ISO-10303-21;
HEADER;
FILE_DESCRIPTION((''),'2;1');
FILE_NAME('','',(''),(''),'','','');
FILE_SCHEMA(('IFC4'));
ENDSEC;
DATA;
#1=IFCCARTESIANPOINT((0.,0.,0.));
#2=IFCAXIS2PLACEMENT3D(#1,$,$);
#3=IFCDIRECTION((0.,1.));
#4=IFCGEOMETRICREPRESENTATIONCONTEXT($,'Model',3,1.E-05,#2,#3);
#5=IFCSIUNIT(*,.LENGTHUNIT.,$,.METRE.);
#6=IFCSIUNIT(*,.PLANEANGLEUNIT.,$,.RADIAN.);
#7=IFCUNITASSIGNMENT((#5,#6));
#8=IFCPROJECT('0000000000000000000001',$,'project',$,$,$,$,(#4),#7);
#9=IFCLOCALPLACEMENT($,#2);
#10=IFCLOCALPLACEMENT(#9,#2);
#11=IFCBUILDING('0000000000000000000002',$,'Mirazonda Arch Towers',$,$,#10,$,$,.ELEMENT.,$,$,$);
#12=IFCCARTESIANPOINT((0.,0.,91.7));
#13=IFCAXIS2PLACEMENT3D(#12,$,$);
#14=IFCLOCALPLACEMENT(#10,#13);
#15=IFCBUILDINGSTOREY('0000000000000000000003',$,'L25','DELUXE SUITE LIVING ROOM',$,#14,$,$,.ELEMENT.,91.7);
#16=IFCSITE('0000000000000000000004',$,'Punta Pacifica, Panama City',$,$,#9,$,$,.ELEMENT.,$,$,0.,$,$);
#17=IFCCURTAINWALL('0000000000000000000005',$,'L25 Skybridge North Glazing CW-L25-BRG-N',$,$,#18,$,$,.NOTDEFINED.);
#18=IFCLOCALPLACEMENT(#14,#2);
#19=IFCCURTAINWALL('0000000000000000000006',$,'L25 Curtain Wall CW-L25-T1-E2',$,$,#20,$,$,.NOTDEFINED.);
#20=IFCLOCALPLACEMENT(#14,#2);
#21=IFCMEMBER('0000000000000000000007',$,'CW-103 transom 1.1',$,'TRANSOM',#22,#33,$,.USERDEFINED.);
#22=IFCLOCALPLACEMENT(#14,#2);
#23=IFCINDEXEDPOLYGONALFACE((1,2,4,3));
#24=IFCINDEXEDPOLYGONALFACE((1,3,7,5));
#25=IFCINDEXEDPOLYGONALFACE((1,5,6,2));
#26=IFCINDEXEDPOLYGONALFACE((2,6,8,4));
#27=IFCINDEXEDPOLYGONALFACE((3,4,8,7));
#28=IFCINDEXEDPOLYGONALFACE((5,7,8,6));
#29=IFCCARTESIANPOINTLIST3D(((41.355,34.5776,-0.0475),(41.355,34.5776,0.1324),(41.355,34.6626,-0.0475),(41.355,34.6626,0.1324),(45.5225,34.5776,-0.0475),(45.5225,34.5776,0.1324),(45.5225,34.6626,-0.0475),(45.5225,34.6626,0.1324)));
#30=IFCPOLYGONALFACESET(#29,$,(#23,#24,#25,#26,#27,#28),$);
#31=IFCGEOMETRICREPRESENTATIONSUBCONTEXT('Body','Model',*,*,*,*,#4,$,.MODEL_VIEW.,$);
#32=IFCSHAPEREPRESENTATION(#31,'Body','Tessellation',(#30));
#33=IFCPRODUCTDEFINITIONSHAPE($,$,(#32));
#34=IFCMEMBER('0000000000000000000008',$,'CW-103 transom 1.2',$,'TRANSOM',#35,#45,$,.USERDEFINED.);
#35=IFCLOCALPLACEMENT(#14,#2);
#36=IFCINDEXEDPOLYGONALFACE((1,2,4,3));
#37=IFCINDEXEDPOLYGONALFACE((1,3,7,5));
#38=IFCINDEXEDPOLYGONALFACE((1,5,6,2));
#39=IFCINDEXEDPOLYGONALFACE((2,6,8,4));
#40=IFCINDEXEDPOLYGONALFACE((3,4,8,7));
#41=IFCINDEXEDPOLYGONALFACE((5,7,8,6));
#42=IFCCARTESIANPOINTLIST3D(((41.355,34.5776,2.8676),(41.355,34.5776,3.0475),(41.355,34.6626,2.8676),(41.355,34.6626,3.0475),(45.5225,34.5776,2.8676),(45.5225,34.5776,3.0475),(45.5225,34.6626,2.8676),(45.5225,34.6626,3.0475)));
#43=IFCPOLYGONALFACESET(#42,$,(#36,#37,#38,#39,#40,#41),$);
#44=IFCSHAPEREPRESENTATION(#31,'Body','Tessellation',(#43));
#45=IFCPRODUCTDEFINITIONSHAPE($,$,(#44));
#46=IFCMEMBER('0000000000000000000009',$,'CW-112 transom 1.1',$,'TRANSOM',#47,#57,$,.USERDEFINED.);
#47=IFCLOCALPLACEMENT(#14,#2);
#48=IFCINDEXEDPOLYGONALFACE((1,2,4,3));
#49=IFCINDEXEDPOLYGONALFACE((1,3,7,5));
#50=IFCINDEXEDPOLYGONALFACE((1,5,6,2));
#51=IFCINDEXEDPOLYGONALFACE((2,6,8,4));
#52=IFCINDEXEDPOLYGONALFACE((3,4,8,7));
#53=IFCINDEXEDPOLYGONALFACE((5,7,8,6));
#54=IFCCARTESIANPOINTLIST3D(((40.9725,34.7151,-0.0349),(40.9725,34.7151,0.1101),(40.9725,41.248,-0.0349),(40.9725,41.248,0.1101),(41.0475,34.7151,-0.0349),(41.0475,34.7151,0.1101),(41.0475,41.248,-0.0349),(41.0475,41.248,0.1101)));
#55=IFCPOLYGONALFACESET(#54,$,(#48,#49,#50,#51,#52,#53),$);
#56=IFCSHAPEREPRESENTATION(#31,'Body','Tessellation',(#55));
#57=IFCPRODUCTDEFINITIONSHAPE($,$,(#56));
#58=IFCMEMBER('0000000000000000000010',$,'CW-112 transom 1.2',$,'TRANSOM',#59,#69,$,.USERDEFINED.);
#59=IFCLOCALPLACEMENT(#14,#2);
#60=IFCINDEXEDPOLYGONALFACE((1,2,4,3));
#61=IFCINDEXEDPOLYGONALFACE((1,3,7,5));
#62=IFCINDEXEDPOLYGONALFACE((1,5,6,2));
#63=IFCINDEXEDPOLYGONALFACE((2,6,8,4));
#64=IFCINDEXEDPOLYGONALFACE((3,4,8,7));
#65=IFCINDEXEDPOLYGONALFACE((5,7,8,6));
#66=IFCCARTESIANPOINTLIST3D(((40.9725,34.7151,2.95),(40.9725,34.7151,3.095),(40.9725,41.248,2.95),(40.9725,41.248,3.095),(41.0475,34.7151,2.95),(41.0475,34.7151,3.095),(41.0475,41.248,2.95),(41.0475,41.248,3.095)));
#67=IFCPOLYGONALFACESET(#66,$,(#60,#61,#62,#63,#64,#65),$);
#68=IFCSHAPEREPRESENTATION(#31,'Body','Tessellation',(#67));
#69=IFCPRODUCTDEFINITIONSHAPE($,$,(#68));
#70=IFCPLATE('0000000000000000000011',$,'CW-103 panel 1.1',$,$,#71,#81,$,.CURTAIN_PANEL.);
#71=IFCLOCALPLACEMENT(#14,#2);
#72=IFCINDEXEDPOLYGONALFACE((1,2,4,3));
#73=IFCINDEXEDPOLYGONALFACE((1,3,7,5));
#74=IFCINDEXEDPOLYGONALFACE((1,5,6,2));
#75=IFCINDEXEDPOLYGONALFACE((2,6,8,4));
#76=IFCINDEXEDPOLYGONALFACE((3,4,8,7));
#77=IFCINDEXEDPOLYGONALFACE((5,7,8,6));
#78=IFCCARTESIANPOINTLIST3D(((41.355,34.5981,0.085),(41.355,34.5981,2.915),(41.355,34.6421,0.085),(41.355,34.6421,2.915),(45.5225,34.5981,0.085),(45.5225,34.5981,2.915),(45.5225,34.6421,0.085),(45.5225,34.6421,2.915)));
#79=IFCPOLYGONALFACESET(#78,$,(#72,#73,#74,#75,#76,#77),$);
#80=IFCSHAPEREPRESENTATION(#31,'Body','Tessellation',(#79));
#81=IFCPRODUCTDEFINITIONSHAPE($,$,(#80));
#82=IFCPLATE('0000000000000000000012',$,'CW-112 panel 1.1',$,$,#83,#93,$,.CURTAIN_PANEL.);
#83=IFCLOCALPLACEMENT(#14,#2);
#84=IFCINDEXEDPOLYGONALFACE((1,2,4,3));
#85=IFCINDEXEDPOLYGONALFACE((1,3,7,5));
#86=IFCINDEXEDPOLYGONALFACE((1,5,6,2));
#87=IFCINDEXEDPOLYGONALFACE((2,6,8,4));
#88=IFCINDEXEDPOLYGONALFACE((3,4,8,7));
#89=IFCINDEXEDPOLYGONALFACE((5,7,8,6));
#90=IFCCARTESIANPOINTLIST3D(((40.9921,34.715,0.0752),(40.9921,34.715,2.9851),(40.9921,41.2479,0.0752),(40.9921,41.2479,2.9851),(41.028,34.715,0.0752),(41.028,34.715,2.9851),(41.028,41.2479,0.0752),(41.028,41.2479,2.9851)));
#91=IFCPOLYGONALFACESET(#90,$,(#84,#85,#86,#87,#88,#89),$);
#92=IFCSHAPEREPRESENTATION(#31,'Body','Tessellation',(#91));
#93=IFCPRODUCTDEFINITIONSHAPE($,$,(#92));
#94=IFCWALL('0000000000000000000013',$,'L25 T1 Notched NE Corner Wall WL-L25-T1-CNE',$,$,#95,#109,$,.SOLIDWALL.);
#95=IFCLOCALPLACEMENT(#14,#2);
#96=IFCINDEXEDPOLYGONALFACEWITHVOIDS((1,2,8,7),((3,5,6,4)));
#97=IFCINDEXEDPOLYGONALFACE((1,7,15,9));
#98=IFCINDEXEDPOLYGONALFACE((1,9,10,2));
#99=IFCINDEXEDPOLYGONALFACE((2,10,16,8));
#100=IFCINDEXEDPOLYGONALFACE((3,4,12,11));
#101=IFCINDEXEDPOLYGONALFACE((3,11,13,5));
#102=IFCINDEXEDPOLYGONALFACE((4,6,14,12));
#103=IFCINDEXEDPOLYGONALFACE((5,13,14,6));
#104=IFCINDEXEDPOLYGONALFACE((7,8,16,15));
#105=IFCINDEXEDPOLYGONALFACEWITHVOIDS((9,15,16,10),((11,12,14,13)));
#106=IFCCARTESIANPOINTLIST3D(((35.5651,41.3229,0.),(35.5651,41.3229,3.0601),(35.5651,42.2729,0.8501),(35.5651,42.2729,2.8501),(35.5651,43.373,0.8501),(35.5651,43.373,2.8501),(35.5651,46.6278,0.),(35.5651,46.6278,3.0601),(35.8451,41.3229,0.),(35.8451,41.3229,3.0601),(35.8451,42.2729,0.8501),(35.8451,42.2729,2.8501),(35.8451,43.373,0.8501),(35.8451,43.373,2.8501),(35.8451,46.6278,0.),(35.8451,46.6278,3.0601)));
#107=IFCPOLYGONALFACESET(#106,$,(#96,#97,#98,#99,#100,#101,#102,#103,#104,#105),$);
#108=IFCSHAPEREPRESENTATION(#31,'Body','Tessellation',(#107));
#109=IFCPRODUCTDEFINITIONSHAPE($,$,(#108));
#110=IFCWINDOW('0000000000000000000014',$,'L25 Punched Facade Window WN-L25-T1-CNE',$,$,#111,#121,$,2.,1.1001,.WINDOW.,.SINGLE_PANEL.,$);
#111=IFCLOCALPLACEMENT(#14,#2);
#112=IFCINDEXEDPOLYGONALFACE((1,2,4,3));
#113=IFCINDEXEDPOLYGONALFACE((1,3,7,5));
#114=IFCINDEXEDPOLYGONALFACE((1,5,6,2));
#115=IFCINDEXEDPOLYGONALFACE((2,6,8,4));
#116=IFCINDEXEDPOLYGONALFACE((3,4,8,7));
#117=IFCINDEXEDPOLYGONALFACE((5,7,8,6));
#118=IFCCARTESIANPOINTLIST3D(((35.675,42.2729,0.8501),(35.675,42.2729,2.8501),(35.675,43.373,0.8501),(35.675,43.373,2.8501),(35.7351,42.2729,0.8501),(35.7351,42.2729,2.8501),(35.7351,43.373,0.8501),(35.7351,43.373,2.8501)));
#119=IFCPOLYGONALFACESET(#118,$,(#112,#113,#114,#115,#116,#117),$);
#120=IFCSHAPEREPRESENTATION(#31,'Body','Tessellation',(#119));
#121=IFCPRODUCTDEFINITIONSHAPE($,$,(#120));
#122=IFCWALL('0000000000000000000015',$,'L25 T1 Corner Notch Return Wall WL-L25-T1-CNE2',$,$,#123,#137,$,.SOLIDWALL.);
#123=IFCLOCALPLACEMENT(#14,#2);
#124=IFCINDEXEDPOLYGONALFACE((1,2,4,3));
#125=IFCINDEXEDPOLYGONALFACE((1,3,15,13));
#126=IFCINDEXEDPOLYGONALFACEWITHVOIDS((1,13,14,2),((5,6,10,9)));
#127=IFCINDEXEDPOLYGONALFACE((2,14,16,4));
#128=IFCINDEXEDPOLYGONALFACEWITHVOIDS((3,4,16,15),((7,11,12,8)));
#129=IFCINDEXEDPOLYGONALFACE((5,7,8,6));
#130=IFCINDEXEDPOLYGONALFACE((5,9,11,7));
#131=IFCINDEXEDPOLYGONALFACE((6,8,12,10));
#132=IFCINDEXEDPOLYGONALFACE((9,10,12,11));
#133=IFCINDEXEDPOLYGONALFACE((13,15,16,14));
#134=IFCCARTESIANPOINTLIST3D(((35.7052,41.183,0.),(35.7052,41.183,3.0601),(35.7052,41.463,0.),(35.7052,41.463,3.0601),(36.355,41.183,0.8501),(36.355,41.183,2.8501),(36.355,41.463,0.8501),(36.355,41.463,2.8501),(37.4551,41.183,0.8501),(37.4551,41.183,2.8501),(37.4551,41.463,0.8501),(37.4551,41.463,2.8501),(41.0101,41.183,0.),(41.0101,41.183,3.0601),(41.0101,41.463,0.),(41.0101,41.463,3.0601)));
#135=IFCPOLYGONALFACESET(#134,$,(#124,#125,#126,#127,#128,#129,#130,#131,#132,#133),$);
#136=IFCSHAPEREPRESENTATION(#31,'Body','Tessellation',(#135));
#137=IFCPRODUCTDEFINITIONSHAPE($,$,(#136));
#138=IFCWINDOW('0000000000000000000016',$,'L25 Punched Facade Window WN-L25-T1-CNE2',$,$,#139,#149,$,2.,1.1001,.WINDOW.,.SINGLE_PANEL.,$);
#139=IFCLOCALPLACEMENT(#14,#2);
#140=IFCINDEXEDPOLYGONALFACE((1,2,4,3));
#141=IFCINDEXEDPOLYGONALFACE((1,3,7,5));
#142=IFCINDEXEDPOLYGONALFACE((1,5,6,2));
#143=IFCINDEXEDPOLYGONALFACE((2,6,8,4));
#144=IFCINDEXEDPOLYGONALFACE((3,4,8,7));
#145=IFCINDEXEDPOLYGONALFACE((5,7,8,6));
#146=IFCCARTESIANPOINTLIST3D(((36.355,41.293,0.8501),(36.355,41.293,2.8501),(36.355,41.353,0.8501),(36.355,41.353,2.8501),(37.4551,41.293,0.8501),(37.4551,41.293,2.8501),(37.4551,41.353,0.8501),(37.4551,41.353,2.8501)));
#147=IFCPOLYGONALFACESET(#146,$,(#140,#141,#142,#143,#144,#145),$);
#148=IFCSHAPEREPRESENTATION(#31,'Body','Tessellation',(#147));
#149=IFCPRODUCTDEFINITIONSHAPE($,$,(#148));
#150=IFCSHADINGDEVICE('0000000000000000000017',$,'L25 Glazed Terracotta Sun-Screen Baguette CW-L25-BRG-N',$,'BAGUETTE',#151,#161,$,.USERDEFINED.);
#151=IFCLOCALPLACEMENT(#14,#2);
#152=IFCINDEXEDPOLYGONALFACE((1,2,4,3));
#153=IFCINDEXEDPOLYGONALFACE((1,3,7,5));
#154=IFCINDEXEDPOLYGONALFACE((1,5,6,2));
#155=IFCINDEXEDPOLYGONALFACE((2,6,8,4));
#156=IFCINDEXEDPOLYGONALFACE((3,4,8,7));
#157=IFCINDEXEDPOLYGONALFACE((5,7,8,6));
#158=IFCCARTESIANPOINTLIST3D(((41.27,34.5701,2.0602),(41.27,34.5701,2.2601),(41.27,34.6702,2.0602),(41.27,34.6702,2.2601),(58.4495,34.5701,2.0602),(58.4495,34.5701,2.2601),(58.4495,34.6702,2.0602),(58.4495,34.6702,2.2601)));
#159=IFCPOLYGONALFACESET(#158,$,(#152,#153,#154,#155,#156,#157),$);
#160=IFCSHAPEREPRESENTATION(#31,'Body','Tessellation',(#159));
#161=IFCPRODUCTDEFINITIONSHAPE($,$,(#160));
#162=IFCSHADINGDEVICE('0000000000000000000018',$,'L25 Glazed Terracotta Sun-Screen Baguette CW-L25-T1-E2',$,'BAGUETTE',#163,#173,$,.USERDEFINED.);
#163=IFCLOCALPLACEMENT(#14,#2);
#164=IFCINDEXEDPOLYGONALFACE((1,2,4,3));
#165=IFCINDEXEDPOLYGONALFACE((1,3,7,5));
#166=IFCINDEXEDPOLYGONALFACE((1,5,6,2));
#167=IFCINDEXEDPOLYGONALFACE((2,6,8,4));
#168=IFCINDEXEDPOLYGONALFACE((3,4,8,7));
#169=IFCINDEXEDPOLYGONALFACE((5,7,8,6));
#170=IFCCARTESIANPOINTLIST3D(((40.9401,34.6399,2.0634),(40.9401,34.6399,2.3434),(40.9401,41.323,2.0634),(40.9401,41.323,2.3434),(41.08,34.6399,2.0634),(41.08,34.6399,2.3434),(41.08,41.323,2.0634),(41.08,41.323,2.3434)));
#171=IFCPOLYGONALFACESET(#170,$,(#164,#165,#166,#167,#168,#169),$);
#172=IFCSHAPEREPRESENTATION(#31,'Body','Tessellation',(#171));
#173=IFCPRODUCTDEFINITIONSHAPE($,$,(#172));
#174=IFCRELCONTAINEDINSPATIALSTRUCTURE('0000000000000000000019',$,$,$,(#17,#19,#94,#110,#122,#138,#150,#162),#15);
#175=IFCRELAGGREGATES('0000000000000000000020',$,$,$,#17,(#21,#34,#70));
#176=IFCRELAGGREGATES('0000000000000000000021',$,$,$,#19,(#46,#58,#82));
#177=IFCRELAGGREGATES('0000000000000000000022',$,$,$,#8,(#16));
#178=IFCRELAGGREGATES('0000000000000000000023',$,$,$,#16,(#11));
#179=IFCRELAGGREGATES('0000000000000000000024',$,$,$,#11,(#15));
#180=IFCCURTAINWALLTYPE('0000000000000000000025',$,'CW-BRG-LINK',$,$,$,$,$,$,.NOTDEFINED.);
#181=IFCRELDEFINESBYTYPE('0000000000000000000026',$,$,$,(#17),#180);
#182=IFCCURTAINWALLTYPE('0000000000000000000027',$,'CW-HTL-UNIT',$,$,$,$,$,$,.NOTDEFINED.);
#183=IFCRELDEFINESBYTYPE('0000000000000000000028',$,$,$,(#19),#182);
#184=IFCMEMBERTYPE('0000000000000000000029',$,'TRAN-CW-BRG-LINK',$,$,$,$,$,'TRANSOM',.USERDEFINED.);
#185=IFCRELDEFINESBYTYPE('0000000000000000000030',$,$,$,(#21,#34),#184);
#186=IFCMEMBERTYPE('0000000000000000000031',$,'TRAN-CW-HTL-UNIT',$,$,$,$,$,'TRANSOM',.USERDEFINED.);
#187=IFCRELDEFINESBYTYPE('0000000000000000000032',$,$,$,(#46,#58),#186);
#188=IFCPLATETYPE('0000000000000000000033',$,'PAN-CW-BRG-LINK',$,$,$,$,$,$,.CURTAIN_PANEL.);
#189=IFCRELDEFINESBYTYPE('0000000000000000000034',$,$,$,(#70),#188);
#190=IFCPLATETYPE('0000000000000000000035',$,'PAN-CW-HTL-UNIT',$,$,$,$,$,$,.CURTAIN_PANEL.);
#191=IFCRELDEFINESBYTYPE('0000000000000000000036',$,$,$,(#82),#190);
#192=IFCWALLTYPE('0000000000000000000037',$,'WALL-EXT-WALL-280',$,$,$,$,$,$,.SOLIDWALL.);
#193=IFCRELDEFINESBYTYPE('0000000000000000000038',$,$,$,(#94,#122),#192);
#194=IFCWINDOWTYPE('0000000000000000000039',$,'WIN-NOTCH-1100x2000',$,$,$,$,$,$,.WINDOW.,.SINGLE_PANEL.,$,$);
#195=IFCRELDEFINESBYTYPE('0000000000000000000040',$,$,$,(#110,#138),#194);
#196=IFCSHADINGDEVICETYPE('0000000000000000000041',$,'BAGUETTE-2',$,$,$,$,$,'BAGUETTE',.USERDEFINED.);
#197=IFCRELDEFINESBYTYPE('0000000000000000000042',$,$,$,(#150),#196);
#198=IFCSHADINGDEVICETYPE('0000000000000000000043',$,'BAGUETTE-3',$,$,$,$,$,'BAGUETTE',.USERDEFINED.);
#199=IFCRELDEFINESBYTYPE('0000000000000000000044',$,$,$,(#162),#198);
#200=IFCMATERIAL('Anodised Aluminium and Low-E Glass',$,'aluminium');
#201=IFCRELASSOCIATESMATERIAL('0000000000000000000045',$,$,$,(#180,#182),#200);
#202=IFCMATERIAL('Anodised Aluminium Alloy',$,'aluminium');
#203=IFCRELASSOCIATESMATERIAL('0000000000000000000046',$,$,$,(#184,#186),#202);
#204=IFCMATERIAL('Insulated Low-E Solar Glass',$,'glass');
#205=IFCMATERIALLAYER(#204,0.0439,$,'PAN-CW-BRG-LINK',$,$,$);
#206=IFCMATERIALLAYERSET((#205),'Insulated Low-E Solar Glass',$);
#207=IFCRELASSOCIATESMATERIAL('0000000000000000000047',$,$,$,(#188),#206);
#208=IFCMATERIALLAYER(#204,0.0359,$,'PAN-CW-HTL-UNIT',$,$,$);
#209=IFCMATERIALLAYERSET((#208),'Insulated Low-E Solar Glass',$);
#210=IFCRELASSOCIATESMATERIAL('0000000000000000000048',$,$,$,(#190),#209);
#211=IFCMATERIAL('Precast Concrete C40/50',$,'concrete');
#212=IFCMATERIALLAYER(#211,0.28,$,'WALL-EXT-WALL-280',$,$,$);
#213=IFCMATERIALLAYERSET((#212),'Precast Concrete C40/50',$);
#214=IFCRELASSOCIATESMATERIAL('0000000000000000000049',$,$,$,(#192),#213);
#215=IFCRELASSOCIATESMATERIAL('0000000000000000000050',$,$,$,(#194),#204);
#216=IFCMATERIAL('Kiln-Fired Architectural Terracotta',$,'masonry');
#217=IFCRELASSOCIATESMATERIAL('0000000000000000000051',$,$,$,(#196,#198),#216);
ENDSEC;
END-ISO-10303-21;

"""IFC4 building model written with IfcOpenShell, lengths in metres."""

from ifc_helpers import new_model, si_unit, direction, frame, frame_2d, origin, origin_2d, place, context, subcontext, project, spatial, rectangle, extrude, material, layer, layer_set, material_profile, profile_set, type_object, element, fill, aggregate, save


model = new_model("IFC4")

# Units and contexts
model_context = context("Model", 3, precision=1e-05, world=origin(), true_north=direction((0.0, 1.0)))
body_context = subcontext(model_context, "Body", "Model", "MODEL_VIEW")
ifc_project = project(units=[si_unit("LENGTHUNIT", "METRE"), si_unit("PLANEANGLEUNIT", "RADIAN")], contexts=[model_context])

# Site, building, storey
site_placement = place(None, origin())
site = spatial("IfcSite", under=ifc_project, at=site_placement, Name="Punta Pacifica, Panama City", CompositionType="ELEMENT", RefElevation=0.0)
building_placement = place(site_placement, origin())
building = spatial("IfcBuilding", under=site, at=building_placement, Name="Mirazonda Arch Towers", CompositionType="ELEMENT")
storey_placement = place(building_placement, frame((0.0, 0.0, 91.7)))
storey = spatial("IfcBuildingStorey", under=building, at=storey_placement, Name="L25", Description="DELUXE SUITE LIVING ROOM", CompositionType="ELEMENT", Elevation=91.7)

# Curtain wall
ifc_material_1 = material(Name="Anodised Aluminium and Low-E Glass", Category="aluminium")
curtain_wall_type_1 = type_object("IfcCurtainWallType", Name="CW-BRG-LINK", PredefinedType="NOTDEFINED", material=ifc_material_1)
curtain_wall_1_placement = place(storey_placement, origin())
curtain_wall_1 = element("IfcCurtainWall", 1, at=curtain_wall_1_placement, inside=storey, type_object=curtain_wall_type_1, Name="L25 Skybridge North Glazing CW-L25-BRG-N", PredefinedType="NOTDEFINED")
ifc_material_2 = material(Name="Anodised Aluminium Alloy", Category="aluminium")

# Curtain wall
curtain_wall_type_2 = type_object("IfcCurtainWallType", Name="CW-HTL-UNIT", PredefinedType="NOTDEFINED", material=ifc_material_1)
curtain_wall_2_placement = place(storey_placement, origin())
curtain_wall_2 = element("IfcCurtainWall", 2, at=curtain_wall_2_placement, inside=storey, type_object=curtain_wall_type_2, Name="L25 Curtain Wall CW-L25-T1-E2", PredefinedType="NOTDEFINED")

# Members
ifc_material_profile_1 = material_profile(ifc_material_2, rectangle(XDim=0.085, YDim=0.1799, at=origin_2d()), Name="ALU-TRAN-85x180")
ifc_profile_set_1 = profile_set([ifc_material_profile_1], Name="Anodised Aluminium Alloy")
member_type_1 = type_object("IfcMemberType", Name="TRAN-CW-BRG-LINK", ElementType="TRANSOM", PredefinedType="USERDEFINED", material=ifc_profile_set_1)
member_1_placement = place(storey_placement, frame((41.355, 34.6201, 0.0425), z_axis=(1.0, 0.0, 0.0), x_axis=(0.0, 1.0, 0.0)))
member_1 = element("IfcMember", 3, at=member_1_placement, type_object=member_type_1, Name="CW-103 transom 1.1", ObjectType="TRANSOM", PredefinedType="USERDEFINED", context=body_context, shape_type="SweptSolid", body=[
    extrude(rectangle(XDim=0.085, YDim=0.1799, at=origin_2d()), origin(), (0.0, 0.0, 1.0), 4.1675),
])
member_2_placement = place(storey_placement, frame((41.355, 34.6201, 2.9575), z_axis=(1.0, 0.0, 0.0), x_axis=(0.0, 1.0, 0.0)))
member_2 = element("IfcMember", 4, at=member_2_placement, type_object=member_type_1, Name="CW-103 transom 1.2", ObjectType="TRANSOM", PredefinedType="USERDEFINED", context=body_context, shape_type="SweptSolid", body=[
    extrude(rectangle(XDim=0.085, YDim=0.1799, at=origin_2d()), origin(), (0.0, 0.0, 1.0), 4.1675),
])
ifc_material_profile_2 = material_profile(ifc_material_2, rectangle(XDim=0.075, YDim=0.145, at=origin_2d()), Name="ALU-TRAN-75x145")
ifc_profile_set_2 = profile_set([ifc_material_profile_2], Name="Anodised Aluminium Alloy")
member_type_2 = type_object("IfcMemberType", Name="TRAN-CW-HTL-UNIT", ElementType="TRANSOM", PredefinedType="USERDEFINED", material=ifc_profile_set_2)
member_3_placement = place(storey_placement, frame((41.01, 34.7151, 0.0376), z_axis=(0.0, 1.0, 0.0), x_axis=(-1.0, 0.0, 0.0)))
member_3 = element("IfcMember", 5, at=member_3_placement, type_object=member_type_2, Name="CW-112 transom 1.1", ObjectType="TRANSOM", PredefinedType="USERDEFINED", context=body_context, shape_type="SweptSolid", body=[
    extrude(rectangle(XDim=0.075, YDim=0.145, at=origin_2d()), origin(), (0.0, 0.0, 1.0), 6.533),
])
member_4_placement = place(storey_placement, frame((41.01, 34.7151, 3.0225), z_axis=(0.0, 1.0, 0.0), x_axis=(-1.0, 0.0, 0.0)))
member_4 = element("IfcMember", 6, at=member_4_placement, type_object=member_type_2, Name="CW-112 transom 1.2", ObjectType="TRANSOM", PredefinedType="USERDEFINED", context=body_context, shape_type="SweptSolid", body=[
    extrude(rectangle(XDim=0.075, YDim=0.145, at=origin_2d()), origin(), (0.0, 0.0, 1.0), 6.533),
])

# Plates
ifc_material_3 = material(Name="Insulated Low-E Solar Glass", Category="glass")
ifc_layer_1 = layer(ifc_material_3, 0.0439, Name="PAN-CW-BRG-LINK")
ifc_layer_set_1 = layer_set([ifc_layer_1], Name="Insulated Low-E Solar Glass")
plate_type_1 = type_object("IfcPlateType", Name="PAN-CW-BRG-LINK", PredefinedType="CURTAIN_PANEL", material=ifc_layer_set_1)
plate_1_placement = place(storey_placement, frame((43.4387, 34.6201, 0.085), z_axis=(0.0, 0.0, 1.0), x_axis=(1.0, 0.0, 0.0)))
plate_1 = element("IfcPlate", 7, at=plate_1_placement, type_object=plate_type_1, Name="CW-103 panel 1.1", PredefinedType="CURTAIN_PANEL", context=body_context, shape_type="SweptSolid", body=[
    extrude(rectangle(XDim=4.1675, YDim=0.0439, at=origin_2d()), origin(), (0.0, 0.0, 1.0), 2.8301),
])
aggregate(curtain_wall_1, [member_1, member_2, plate_1])
ifc_layer_2 = layer(ifc_material_3, 0.0359, Name="PAN-CW-HTL-UNIT")
ifc_layer_set_2 = layer_set([ifc_layer_2], Name="Insulated Low-E Solar Glass")
plate_type_2 = type_object("IfcPlateType", Name="PAN-CW-HTL-UNIT", PredefinedType="CURTAIN_PANEL", material=ifc_layer_set_2)
plate_2_placement = place(storey_placement, frame((41.01, 37.9814, 0.0752), z_axis=(0.0, 0.0, 1.0), x_axis=(0.0, 1.0, 0.0)))
plate_2 = element("IfcPlate", 8, at=plate_2_placement, type_object=plate_type_2, Name="CW-112 panel 1.1", PredefinedType="CURTAIN_PANEL", context=body_context, shape_type="SweptSolid", body=[
    extrude(rectangle(XDim=6.533, YDim=0.0359, at=origin_2d()), origin(), (0.0, 0.0, 1.0), 2.9099),
])
aggregate(curtain_wall_2, [member_3, member_4, plate_2])

# Walls, openings, windows
ifc_material_4 = material(Name="Precast Concrete C40/50", Category="concrete")
ifc_layer_3 = layer(ifc_material_4, 0.28, Name="WALL-EXT-WALL-280")
ifc_layer_set_3 = layer_set([ifc_layer_3], Name="Precast Concrete C40/50")
wall_type = type_object("IfcWallType", Name="WALL-EXT-WALL-280", PredefinedType="SOLIDWALL", material=ifc_layer_set_3)
wall_1_placement = place(storey_placement, frame((35.7051, 41.323, 0.0), z_axis=(0.0, 0.0, 1.0), x_axis=(0.0, 1.0, 0.0)))
wall_1 = element("IfcWall", 9, at=wall_1_placement, inside=storey, type_object=wall_type, Name="L25 T1 Notched NE Corner Wall WL-L25-T1-CNE", PredefinedType="SOLIDWALL", context=body_context, shape_type="SweptSolid", body=[
    extrude(rectangle(XDim=5.3049, YDim=0.28, at=frame_2d((2.6523, 0.0))), origin(), (0.0, 0.0, 1.0), 3.0601),
])
opening_1_placement = place(wall_1_placement, frame((0.95, 0.0, 0.8501)))
opening_1 = element("IfcOpeningElement", 10, at=opening_1_placement, cuts=wall_1, PredefinedType="OPENING", context=body_context, shape_type="SweptSolid", body=[
    extrude(rectangle(XDim=1.1001, YDim=2.0, at=frame_2d((0.55, 1.0))), frame((0.0, 0.1499, 0.0), z_axis=(0.0, -1.0, 0.0), x_axis=(1.0, 0.0, 0.0)), (0.0, 0.0, 1.0), 0.3),
])
window_type = type_object("IfcWindowType", Name="WIN-NOTCH-1100x2000", PartitioningType="SINGLE_PANEL", PredefinedType="WINDOW", material=ifc_material_3)
window_1_placement = place(opening_1_placement, origin())
window_1 = element("IfcWindow", 11, at=window_1_placement, inside=storey, type_object=window_type, Name="L25 Punched Facade Window WN-L25-T1-CNE", OverallHeight=2.0, OverallWidth=1.1001, PartitioningType="SINGLE_PANEL", PredefinedType="WINDOW", context=body_context, shape_type="SweptSolid", body=[
    extrude(rectangle(XDim=1.1001, YDim=2.0, at=frame_2d((0.55, 1.0))), frame((0.0, 0.03, 0.0), z_axis=(0.0, -1.0, 0.0), x_axis=(1.0, 0.0, 0.0)), (0.0, 0.0, 1.0), 0.0601),
])
fill(opening_1, window_1)
wall_2_placement = place(storey_placement, frame((41.01, 41.323, 0.0), z_axis=(0.0, 0.0, 1.0), x_axis=(-1.0, 0.0, 0.0)))
wall_2 = element("IfcWall", 12, at=wall_2_placement, inside=storey, type_object=wall_type, Name="L25 T1 Corner Notch Return Wall WL-L25-T1-CNE2", PredefinedType="SOLIDWALL", context=body_context, shape_type="SweptSolid", body=[
    extrude(rectangle(XDim=5.3049, YDim=0.28, at=frame_2d((2.6523, 0.0))), origin(), (0.0, 0.0, 1.0), 3.0601),
])
opening_2_placement = place(wall_2_placement, frame((3.5549, 0.0, 0.8501)))
opening_2 = element("IfcOpeningElement", 13, at=opening_2_placement, cuts=wall_2, PredefinedType="OPENING", context=body_context, shape_type="SweptSolid", body=[
    extrude(rectangle(XDim=1.1001, YDim=2.0, at=frame_2d((0.55, 1.0))), frame((0.0, 0.1499, 0.0), z_axis=(0.0, -1.0, 0.0), x_axis=(1.0, 0.0, 0.0)), (0.0, 0.0, 1.0), 0.3),
])
window_2_placement = place(opening_2_placement, origin())
window_2 = element("IfcWindow", 14, at=window_2_placement, inside=storey, type_object=window_type, Name="L25 Punched Facade Window WN-L25-T1-CNE2", OverallHeight=2.0, OverallWidth=1.1001, PartitioningType="SINGLE_PANEL", PredefinedType="WINDOW", context=body_context, shape_type="SweptSolid", body=[
    extrude(rectangle(XDim=1.1001, YDim=2.0, at=frame_2d((0.55, 1.0))), frame((0.0, 0.03, 0.0), z_axis=(0.0, -1.0, 0.0), x_axis=(1.0, 0.0, 0.0)), (0.0, 0.0, 1.0), 0.0601),
])
fill(opening_2, window_2)

# Shading devices
ifc_material_5 = material(Name="Kiln-Fired Architectural Terracotta", Category="masonry")
ifc_material_profile_3 = material_profile(ifc_material_5, rectangle(XDim=0.1001, YDim=0.2, at=origin_2d()), Name="TERRA-BAG-100x200")
ifc_profile_set_3 = profile_set([ifc_material_profile_3], Name="Kiln-Fired Architectural Terracotta")
shading_device_type_1 = type_object("IfcShadingDeviceType", Name="BAGUETTE-2", ElementType="BAGUETTE", PredefinedType="USERDEFINED", material=ifc_profile_set_3)
shading_device_1_placement = place(storey_placement, frame((41.27, 34.6201, 2.1602), z_axis=(1.0, 0.0, 0.0), x_axis=(0.0, 1.0, 0.0)))
element("IfcShadingDevice", 15, at=shading_device_1_placement, inside=storey, type_object=shading_device_type_1, Name="L25 Glazed Terracotta Sun-Screen Baguette CW-L25-BRG-N", ObjectType="BAGUETTE", PredefinedType="USERDEFINED", context=body_context, shape_type="SweptSolid", body=[
    extrude(rectangle(XDim=0.1001, YDim=0.2, at=origin_2d()), origin(), (0.0, 0.0, 1.0), 17.1794),
])
ifc_material_profile_4 = material_profile(ifc_material_5, rectangle(XDim=0.1399, YDim=0.28, at=origin_2d()), Name="TERRA-BAG-140x280")
ifc_profile_set_4 = profile_set([ifc_material_profile_4], Name="Kiln-Fired Architectural Terracotta")
shading_device_type_2 = type_object("IfcShadingDeviceType", Name="BAGUETTE-3", ElementType="BAGUETTE", PredefinedType="USERDEFINED", material=ifc_profile_set_4)
shading_device_2_placement = place(storey_placement, frame((41.01, 34.6399, 2.2034), z_axis=(0.0, 1.0, 0.0), x_axis=(-1.0, 0.0, 0.0)))
element("IfcShadingDevice", 16, at=shading_device_2_placement, inside=storey, type_object=shading_device_type_2, Name="L25 Glazed Terracotta Sun-Screen Baguette CW-L25-T1-E2", ObjectType="BAGUETTE", PredefinedType="USERDEFINED", context=body_context, shape_type="SweptSolid", body=[
    extrude(rectangle(XDim=0.1399, YDim=0.28, at=origin_2d()), origin(), (0.0, 0.0, 1.0), 6.6831),
])

save(model, "model.ifc")
